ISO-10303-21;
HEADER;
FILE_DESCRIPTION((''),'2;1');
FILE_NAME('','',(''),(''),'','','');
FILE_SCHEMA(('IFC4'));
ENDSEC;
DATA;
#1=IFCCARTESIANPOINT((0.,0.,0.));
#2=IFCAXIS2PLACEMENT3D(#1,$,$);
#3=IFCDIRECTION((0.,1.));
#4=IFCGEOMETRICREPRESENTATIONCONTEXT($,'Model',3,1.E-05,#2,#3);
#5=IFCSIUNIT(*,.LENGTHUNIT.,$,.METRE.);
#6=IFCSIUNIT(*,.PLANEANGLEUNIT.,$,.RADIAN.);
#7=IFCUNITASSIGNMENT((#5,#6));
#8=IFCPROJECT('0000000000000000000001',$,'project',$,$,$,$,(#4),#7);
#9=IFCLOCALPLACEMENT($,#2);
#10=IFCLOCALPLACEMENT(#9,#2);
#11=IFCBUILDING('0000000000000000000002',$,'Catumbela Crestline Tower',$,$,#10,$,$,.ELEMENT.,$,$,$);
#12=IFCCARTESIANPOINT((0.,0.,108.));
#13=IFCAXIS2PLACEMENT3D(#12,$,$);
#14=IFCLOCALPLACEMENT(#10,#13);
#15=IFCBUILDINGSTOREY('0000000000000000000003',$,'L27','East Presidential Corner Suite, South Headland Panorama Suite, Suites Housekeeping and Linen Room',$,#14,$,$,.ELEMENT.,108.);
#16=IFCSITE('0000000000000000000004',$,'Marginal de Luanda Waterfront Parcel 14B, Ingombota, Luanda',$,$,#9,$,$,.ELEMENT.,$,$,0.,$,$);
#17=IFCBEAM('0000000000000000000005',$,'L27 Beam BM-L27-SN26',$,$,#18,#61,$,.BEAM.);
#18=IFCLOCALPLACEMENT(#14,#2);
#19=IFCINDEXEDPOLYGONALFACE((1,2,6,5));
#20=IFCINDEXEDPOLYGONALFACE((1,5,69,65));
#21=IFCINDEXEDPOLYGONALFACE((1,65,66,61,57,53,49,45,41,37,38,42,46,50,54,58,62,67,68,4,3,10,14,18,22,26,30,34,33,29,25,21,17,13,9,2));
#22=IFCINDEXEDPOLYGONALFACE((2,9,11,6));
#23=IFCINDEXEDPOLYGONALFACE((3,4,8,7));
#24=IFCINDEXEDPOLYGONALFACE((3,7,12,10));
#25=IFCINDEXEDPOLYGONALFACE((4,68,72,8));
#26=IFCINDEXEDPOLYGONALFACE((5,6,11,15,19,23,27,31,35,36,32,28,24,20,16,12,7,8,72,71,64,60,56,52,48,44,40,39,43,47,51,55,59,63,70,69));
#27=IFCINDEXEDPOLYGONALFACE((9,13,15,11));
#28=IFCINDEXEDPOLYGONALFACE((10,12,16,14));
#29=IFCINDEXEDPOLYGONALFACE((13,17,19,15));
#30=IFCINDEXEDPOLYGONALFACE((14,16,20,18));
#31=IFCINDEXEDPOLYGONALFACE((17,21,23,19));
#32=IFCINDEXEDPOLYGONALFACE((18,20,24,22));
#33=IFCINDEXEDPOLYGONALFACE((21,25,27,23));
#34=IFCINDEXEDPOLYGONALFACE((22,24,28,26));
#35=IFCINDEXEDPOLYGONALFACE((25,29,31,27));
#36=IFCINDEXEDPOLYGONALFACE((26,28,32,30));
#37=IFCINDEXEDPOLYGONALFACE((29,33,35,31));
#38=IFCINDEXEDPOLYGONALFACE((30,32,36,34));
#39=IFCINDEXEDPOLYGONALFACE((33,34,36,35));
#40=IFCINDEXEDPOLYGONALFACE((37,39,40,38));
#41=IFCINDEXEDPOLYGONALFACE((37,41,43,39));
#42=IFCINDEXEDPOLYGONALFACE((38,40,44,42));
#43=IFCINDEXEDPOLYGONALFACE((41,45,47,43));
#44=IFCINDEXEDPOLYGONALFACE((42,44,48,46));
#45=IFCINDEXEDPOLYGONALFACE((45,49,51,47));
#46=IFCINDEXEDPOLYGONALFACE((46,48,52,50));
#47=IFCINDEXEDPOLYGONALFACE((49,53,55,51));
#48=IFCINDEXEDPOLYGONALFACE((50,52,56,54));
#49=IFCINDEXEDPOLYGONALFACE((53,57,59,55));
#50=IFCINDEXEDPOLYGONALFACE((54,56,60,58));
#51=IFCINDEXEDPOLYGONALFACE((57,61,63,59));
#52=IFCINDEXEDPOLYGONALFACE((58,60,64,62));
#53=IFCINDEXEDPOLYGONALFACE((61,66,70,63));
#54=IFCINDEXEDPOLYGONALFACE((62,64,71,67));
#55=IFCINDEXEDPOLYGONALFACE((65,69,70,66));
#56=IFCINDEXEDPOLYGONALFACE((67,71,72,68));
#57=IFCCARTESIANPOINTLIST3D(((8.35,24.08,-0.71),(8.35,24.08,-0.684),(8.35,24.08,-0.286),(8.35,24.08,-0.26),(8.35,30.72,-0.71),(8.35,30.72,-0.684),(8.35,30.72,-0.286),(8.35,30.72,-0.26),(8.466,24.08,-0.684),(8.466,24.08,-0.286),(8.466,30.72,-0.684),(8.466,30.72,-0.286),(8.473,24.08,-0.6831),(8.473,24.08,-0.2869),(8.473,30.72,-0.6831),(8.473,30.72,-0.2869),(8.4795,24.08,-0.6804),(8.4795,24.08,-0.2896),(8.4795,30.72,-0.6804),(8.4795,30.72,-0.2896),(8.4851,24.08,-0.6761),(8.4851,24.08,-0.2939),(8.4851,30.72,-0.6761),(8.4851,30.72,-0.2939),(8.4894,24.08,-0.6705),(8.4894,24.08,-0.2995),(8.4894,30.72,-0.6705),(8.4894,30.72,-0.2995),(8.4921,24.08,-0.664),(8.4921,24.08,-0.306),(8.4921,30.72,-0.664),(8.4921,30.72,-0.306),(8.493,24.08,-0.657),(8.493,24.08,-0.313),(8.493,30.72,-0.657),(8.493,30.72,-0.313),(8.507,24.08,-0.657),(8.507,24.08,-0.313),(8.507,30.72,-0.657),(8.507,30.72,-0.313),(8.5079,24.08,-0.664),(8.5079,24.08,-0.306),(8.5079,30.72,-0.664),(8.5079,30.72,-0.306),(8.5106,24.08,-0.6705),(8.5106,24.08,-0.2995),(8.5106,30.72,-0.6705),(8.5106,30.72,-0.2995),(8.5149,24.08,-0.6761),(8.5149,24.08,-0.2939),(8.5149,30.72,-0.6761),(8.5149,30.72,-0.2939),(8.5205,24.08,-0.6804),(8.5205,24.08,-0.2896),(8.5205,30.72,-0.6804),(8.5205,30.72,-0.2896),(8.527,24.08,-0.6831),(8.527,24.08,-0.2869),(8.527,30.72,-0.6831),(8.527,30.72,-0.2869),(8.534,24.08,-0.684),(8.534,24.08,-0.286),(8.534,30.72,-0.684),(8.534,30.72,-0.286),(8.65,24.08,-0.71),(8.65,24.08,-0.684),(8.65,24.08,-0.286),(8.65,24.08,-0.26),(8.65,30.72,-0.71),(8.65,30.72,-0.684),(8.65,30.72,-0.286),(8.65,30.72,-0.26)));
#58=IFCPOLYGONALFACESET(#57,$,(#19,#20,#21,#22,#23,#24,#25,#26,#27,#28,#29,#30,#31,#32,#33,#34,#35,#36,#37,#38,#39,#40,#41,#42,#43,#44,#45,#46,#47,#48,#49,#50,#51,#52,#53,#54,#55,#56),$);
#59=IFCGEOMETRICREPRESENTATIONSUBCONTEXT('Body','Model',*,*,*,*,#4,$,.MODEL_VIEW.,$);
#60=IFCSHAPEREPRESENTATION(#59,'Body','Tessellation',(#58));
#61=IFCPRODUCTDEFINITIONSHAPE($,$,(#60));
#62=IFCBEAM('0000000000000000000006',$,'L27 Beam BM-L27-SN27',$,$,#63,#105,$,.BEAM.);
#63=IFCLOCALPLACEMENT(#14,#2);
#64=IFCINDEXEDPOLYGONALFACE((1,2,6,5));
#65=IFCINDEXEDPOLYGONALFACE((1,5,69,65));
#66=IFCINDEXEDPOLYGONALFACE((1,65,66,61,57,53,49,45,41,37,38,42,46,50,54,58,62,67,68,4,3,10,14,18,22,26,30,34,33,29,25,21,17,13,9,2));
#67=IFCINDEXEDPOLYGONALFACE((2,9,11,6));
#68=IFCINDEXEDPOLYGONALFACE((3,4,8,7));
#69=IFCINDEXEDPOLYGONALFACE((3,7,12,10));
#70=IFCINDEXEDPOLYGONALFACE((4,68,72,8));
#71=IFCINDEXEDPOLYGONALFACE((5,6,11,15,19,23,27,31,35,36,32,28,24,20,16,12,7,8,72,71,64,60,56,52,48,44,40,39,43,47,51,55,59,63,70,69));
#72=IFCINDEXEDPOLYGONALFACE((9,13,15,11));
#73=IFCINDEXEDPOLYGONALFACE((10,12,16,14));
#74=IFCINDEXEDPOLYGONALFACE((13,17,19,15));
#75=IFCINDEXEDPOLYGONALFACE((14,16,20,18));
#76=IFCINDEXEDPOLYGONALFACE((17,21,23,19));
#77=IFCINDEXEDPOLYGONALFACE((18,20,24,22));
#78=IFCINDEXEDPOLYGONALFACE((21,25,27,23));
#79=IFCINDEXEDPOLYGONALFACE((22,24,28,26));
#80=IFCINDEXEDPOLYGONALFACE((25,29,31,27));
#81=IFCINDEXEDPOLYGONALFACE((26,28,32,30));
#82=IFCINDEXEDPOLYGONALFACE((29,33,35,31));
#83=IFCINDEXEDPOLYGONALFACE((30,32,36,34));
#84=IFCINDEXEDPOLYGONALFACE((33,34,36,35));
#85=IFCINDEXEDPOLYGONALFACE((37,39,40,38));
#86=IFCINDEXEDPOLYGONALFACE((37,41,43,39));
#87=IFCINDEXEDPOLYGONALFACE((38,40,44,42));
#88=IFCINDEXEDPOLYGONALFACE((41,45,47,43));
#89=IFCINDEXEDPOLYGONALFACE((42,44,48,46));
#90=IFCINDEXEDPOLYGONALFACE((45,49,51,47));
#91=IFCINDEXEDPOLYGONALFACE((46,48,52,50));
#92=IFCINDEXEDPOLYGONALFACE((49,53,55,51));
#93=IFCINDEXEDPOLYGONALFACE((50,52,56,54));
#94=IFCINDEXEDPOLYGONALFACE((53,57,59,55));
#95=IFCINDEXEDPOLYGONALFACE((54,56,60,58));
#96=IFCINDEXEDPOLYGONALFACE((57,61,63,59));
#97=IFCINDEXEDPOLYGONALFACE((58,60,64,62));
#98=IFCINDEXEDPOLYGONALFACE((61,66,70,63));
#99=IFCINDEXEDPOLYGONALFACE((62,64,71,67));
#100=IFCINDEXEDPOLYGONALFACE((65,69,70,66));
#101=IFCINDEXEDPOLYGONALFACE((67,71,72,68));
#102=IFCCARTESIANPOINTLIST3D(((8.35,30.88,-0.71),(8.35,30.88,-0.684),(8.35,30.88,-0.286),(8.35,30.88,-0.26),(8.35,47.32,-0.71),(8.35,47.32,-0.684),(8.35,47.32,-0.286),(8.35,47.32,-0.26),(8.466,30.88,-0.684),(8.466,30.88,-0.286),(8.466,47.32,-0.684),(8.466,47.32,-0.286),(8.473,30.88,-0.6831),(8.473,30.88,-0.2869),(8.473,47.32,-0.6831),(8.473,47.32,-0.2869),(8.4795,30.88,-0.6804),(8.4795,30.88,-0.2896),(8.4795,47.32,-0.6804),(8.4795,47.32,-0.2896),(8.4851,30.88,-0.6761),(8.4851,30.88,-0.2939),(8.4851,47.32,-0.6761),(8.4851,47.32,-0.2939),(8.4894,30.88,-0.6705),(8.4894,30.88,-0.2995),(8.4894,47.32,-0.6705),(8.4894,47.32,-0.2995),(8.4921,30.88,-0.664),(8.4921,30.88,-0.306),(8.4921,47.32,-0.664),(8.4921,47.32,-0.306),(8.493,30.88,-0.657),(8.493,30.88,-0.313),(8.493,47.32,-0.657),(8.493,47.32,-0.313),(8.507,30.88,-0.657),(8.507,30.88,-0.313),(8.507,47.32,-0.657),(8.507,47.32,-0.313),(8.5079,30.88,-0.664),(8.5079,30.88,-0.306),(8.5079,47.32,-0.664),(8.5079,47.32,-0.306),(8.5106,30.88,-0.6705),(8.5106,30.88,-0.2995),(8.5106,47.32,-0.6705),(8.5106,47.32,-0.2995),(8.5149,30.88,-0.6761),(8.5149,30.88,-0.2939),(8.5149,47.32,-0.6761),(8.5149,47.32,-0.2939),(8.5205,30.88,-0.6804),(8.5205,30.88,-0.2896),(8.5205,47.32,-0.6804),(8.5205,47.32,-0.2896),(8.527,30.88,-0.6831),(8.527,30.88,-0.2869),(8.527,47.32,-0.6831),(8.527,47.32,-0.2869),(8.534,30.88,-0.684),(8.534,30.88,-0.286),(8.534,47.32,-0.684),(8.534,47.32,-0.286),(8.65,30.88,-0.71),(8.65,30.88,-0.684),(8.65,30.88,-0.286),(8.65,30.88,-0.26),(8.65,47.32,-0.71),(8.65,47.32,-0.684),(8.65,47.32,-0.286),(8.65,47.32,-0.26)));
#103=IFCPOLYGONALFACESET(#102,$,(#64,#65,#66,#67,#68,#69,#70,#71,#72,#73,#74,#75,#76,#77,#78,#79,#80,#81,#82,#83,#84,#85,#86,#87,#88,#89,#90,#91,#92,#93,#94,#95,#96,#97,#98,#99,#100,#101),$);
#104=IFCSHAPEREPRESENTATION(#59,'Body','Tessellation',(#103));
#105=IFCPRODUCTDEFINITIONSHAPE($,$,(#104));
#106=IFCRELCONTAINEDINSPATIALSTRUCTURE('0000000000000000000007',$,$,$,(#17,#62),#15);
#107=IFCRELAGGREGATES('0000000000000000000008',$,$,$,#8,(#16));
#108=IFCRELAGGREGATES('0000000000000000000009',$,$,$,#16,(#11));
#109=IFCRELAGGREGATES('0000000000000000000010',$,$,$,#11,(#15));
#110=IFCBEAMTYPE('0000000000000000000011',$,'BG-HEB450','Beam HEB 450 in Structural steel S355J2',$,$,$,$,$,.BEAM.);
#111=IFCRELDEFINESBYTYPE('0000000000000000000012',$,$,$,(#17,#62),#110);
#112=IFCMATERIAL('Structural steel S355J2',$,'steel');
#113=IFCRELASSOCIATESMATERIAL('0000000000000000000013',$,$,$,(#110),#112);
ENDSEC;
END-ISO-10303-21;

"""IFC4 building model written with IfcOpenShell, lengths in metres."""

from ifc_helpers import new_model, si_unit, direction, frame, origin, origin_2d, place, context, subcontext, project, spatial, i_section, extrude, material, material_profile, profile_set, type_object, element, save


model = new_model("IFC4")

# Units and contexts
model_context = context("Model", 3, precision=1e-05, world=origin(), true_north=direction((0.0, 1.0)))
body_context = subcontext(model_context, "Body", "Model", "MODEL_VIEW")
ifc_project = project(units=[si_unit("LENGTHUNIT", "METRE"), si_unit("PLANEANGLEUNIT", "RADIAN")], contexts=[model_context])

# Site, building, storey
site_placement = place(None, origin())
site = spatial("IfcSite", under=ifc_project, at=site_placement, Name="Marginal de Luanda Waterfront Parcel 14B, Ingombota, Luanda", CompositionType="ELEMENT", RefElevation=0.0)
building_placement = place(site_placement, origin())
building = spatial("IfcBuilding", under=site, at=building_placement, Name="Catumbela Crestline Tower", CompositionType="ELEMENT")
storey_placement = place(building_placement, frame((0.0, 0.0, 108.0)))
storey = spatial("IfcBuildingStorey", under=building, at=storey_placement, Name="L27", Description="East Presidential Corner Suite, South Headland Panorama Suite, Suites Housekeeping and Linen Room", CompositionType="ELEMENT", Elevation=108.0)

# Beams
ifc_material_1 = material(Name="Structural steel S355J2", Category="steel")
ifc_material_profile_1 = material_profile(ifc_material_1, i_section(OverallWidth=0.3, OverallDepth=0.45, WebThickness=0.014, FlangeThickness=0.026, FilletRadius=0.027, at=origin_2d()), Name="HEB 450")
ifc_profile_set_1 = profile_set([ifc_material_profile_1], Name="Structural steel S355J2")
beam_type = type_object("IfcBeamType", Name="BG-HEB450", Description="Beam HEB 450 in Structural steel S355J2", PredefinedType="BEAM", material=ifc_profile_set_1)
beam_1_placement = place(storey_placement, frame((8.5, 24.08, -0.485), z_axis=(0.0, 1.0, 0.0), x_axis=(-1.0, 0.0, 0.0)))
element("IfcBeam", 1, at=beam_1_placement, inside=storey, type_object=beam_type, Name="L27 Beam BM-L27-SN26", PredefinedType="BEAM", context=body_context, shape_type="SweptSolid", body=[
    extrude(i_section(OverallWidth=0.3, OverallDepth=0.45, WebThickness=0.014, FlangeThickness=0.026, FilletRadius=0.027, at=origin_2d()), origin(), (0.0, 0.0, 1.0), 6.64),
])
beam_2_placement = place(storey_placement, frame((8.5, 30.88, -0.485), z_axis=(0.0, 1.0, 0.0), x_axis=(-1.0, 0.0, 0.0)))
element("IfcBeam", 2, at=beam_2_placement, inside=storey, type_object=beam_type, Name="L27 Beam BM-L27-SN27", PredefinedType="BEAM", context=body_context, shape_type="SweptSolid", body=[
    extrude(i_section(OverallWidth=0.3, OverallDepth=0.45, WebThickness=0.014, FlangeThickness=0.026, FilletRadius=0.027, at=origin_2d()), origin(), (0.0, 0.0, 1.0), 16.44),
])

save(model, "model.ifc")
